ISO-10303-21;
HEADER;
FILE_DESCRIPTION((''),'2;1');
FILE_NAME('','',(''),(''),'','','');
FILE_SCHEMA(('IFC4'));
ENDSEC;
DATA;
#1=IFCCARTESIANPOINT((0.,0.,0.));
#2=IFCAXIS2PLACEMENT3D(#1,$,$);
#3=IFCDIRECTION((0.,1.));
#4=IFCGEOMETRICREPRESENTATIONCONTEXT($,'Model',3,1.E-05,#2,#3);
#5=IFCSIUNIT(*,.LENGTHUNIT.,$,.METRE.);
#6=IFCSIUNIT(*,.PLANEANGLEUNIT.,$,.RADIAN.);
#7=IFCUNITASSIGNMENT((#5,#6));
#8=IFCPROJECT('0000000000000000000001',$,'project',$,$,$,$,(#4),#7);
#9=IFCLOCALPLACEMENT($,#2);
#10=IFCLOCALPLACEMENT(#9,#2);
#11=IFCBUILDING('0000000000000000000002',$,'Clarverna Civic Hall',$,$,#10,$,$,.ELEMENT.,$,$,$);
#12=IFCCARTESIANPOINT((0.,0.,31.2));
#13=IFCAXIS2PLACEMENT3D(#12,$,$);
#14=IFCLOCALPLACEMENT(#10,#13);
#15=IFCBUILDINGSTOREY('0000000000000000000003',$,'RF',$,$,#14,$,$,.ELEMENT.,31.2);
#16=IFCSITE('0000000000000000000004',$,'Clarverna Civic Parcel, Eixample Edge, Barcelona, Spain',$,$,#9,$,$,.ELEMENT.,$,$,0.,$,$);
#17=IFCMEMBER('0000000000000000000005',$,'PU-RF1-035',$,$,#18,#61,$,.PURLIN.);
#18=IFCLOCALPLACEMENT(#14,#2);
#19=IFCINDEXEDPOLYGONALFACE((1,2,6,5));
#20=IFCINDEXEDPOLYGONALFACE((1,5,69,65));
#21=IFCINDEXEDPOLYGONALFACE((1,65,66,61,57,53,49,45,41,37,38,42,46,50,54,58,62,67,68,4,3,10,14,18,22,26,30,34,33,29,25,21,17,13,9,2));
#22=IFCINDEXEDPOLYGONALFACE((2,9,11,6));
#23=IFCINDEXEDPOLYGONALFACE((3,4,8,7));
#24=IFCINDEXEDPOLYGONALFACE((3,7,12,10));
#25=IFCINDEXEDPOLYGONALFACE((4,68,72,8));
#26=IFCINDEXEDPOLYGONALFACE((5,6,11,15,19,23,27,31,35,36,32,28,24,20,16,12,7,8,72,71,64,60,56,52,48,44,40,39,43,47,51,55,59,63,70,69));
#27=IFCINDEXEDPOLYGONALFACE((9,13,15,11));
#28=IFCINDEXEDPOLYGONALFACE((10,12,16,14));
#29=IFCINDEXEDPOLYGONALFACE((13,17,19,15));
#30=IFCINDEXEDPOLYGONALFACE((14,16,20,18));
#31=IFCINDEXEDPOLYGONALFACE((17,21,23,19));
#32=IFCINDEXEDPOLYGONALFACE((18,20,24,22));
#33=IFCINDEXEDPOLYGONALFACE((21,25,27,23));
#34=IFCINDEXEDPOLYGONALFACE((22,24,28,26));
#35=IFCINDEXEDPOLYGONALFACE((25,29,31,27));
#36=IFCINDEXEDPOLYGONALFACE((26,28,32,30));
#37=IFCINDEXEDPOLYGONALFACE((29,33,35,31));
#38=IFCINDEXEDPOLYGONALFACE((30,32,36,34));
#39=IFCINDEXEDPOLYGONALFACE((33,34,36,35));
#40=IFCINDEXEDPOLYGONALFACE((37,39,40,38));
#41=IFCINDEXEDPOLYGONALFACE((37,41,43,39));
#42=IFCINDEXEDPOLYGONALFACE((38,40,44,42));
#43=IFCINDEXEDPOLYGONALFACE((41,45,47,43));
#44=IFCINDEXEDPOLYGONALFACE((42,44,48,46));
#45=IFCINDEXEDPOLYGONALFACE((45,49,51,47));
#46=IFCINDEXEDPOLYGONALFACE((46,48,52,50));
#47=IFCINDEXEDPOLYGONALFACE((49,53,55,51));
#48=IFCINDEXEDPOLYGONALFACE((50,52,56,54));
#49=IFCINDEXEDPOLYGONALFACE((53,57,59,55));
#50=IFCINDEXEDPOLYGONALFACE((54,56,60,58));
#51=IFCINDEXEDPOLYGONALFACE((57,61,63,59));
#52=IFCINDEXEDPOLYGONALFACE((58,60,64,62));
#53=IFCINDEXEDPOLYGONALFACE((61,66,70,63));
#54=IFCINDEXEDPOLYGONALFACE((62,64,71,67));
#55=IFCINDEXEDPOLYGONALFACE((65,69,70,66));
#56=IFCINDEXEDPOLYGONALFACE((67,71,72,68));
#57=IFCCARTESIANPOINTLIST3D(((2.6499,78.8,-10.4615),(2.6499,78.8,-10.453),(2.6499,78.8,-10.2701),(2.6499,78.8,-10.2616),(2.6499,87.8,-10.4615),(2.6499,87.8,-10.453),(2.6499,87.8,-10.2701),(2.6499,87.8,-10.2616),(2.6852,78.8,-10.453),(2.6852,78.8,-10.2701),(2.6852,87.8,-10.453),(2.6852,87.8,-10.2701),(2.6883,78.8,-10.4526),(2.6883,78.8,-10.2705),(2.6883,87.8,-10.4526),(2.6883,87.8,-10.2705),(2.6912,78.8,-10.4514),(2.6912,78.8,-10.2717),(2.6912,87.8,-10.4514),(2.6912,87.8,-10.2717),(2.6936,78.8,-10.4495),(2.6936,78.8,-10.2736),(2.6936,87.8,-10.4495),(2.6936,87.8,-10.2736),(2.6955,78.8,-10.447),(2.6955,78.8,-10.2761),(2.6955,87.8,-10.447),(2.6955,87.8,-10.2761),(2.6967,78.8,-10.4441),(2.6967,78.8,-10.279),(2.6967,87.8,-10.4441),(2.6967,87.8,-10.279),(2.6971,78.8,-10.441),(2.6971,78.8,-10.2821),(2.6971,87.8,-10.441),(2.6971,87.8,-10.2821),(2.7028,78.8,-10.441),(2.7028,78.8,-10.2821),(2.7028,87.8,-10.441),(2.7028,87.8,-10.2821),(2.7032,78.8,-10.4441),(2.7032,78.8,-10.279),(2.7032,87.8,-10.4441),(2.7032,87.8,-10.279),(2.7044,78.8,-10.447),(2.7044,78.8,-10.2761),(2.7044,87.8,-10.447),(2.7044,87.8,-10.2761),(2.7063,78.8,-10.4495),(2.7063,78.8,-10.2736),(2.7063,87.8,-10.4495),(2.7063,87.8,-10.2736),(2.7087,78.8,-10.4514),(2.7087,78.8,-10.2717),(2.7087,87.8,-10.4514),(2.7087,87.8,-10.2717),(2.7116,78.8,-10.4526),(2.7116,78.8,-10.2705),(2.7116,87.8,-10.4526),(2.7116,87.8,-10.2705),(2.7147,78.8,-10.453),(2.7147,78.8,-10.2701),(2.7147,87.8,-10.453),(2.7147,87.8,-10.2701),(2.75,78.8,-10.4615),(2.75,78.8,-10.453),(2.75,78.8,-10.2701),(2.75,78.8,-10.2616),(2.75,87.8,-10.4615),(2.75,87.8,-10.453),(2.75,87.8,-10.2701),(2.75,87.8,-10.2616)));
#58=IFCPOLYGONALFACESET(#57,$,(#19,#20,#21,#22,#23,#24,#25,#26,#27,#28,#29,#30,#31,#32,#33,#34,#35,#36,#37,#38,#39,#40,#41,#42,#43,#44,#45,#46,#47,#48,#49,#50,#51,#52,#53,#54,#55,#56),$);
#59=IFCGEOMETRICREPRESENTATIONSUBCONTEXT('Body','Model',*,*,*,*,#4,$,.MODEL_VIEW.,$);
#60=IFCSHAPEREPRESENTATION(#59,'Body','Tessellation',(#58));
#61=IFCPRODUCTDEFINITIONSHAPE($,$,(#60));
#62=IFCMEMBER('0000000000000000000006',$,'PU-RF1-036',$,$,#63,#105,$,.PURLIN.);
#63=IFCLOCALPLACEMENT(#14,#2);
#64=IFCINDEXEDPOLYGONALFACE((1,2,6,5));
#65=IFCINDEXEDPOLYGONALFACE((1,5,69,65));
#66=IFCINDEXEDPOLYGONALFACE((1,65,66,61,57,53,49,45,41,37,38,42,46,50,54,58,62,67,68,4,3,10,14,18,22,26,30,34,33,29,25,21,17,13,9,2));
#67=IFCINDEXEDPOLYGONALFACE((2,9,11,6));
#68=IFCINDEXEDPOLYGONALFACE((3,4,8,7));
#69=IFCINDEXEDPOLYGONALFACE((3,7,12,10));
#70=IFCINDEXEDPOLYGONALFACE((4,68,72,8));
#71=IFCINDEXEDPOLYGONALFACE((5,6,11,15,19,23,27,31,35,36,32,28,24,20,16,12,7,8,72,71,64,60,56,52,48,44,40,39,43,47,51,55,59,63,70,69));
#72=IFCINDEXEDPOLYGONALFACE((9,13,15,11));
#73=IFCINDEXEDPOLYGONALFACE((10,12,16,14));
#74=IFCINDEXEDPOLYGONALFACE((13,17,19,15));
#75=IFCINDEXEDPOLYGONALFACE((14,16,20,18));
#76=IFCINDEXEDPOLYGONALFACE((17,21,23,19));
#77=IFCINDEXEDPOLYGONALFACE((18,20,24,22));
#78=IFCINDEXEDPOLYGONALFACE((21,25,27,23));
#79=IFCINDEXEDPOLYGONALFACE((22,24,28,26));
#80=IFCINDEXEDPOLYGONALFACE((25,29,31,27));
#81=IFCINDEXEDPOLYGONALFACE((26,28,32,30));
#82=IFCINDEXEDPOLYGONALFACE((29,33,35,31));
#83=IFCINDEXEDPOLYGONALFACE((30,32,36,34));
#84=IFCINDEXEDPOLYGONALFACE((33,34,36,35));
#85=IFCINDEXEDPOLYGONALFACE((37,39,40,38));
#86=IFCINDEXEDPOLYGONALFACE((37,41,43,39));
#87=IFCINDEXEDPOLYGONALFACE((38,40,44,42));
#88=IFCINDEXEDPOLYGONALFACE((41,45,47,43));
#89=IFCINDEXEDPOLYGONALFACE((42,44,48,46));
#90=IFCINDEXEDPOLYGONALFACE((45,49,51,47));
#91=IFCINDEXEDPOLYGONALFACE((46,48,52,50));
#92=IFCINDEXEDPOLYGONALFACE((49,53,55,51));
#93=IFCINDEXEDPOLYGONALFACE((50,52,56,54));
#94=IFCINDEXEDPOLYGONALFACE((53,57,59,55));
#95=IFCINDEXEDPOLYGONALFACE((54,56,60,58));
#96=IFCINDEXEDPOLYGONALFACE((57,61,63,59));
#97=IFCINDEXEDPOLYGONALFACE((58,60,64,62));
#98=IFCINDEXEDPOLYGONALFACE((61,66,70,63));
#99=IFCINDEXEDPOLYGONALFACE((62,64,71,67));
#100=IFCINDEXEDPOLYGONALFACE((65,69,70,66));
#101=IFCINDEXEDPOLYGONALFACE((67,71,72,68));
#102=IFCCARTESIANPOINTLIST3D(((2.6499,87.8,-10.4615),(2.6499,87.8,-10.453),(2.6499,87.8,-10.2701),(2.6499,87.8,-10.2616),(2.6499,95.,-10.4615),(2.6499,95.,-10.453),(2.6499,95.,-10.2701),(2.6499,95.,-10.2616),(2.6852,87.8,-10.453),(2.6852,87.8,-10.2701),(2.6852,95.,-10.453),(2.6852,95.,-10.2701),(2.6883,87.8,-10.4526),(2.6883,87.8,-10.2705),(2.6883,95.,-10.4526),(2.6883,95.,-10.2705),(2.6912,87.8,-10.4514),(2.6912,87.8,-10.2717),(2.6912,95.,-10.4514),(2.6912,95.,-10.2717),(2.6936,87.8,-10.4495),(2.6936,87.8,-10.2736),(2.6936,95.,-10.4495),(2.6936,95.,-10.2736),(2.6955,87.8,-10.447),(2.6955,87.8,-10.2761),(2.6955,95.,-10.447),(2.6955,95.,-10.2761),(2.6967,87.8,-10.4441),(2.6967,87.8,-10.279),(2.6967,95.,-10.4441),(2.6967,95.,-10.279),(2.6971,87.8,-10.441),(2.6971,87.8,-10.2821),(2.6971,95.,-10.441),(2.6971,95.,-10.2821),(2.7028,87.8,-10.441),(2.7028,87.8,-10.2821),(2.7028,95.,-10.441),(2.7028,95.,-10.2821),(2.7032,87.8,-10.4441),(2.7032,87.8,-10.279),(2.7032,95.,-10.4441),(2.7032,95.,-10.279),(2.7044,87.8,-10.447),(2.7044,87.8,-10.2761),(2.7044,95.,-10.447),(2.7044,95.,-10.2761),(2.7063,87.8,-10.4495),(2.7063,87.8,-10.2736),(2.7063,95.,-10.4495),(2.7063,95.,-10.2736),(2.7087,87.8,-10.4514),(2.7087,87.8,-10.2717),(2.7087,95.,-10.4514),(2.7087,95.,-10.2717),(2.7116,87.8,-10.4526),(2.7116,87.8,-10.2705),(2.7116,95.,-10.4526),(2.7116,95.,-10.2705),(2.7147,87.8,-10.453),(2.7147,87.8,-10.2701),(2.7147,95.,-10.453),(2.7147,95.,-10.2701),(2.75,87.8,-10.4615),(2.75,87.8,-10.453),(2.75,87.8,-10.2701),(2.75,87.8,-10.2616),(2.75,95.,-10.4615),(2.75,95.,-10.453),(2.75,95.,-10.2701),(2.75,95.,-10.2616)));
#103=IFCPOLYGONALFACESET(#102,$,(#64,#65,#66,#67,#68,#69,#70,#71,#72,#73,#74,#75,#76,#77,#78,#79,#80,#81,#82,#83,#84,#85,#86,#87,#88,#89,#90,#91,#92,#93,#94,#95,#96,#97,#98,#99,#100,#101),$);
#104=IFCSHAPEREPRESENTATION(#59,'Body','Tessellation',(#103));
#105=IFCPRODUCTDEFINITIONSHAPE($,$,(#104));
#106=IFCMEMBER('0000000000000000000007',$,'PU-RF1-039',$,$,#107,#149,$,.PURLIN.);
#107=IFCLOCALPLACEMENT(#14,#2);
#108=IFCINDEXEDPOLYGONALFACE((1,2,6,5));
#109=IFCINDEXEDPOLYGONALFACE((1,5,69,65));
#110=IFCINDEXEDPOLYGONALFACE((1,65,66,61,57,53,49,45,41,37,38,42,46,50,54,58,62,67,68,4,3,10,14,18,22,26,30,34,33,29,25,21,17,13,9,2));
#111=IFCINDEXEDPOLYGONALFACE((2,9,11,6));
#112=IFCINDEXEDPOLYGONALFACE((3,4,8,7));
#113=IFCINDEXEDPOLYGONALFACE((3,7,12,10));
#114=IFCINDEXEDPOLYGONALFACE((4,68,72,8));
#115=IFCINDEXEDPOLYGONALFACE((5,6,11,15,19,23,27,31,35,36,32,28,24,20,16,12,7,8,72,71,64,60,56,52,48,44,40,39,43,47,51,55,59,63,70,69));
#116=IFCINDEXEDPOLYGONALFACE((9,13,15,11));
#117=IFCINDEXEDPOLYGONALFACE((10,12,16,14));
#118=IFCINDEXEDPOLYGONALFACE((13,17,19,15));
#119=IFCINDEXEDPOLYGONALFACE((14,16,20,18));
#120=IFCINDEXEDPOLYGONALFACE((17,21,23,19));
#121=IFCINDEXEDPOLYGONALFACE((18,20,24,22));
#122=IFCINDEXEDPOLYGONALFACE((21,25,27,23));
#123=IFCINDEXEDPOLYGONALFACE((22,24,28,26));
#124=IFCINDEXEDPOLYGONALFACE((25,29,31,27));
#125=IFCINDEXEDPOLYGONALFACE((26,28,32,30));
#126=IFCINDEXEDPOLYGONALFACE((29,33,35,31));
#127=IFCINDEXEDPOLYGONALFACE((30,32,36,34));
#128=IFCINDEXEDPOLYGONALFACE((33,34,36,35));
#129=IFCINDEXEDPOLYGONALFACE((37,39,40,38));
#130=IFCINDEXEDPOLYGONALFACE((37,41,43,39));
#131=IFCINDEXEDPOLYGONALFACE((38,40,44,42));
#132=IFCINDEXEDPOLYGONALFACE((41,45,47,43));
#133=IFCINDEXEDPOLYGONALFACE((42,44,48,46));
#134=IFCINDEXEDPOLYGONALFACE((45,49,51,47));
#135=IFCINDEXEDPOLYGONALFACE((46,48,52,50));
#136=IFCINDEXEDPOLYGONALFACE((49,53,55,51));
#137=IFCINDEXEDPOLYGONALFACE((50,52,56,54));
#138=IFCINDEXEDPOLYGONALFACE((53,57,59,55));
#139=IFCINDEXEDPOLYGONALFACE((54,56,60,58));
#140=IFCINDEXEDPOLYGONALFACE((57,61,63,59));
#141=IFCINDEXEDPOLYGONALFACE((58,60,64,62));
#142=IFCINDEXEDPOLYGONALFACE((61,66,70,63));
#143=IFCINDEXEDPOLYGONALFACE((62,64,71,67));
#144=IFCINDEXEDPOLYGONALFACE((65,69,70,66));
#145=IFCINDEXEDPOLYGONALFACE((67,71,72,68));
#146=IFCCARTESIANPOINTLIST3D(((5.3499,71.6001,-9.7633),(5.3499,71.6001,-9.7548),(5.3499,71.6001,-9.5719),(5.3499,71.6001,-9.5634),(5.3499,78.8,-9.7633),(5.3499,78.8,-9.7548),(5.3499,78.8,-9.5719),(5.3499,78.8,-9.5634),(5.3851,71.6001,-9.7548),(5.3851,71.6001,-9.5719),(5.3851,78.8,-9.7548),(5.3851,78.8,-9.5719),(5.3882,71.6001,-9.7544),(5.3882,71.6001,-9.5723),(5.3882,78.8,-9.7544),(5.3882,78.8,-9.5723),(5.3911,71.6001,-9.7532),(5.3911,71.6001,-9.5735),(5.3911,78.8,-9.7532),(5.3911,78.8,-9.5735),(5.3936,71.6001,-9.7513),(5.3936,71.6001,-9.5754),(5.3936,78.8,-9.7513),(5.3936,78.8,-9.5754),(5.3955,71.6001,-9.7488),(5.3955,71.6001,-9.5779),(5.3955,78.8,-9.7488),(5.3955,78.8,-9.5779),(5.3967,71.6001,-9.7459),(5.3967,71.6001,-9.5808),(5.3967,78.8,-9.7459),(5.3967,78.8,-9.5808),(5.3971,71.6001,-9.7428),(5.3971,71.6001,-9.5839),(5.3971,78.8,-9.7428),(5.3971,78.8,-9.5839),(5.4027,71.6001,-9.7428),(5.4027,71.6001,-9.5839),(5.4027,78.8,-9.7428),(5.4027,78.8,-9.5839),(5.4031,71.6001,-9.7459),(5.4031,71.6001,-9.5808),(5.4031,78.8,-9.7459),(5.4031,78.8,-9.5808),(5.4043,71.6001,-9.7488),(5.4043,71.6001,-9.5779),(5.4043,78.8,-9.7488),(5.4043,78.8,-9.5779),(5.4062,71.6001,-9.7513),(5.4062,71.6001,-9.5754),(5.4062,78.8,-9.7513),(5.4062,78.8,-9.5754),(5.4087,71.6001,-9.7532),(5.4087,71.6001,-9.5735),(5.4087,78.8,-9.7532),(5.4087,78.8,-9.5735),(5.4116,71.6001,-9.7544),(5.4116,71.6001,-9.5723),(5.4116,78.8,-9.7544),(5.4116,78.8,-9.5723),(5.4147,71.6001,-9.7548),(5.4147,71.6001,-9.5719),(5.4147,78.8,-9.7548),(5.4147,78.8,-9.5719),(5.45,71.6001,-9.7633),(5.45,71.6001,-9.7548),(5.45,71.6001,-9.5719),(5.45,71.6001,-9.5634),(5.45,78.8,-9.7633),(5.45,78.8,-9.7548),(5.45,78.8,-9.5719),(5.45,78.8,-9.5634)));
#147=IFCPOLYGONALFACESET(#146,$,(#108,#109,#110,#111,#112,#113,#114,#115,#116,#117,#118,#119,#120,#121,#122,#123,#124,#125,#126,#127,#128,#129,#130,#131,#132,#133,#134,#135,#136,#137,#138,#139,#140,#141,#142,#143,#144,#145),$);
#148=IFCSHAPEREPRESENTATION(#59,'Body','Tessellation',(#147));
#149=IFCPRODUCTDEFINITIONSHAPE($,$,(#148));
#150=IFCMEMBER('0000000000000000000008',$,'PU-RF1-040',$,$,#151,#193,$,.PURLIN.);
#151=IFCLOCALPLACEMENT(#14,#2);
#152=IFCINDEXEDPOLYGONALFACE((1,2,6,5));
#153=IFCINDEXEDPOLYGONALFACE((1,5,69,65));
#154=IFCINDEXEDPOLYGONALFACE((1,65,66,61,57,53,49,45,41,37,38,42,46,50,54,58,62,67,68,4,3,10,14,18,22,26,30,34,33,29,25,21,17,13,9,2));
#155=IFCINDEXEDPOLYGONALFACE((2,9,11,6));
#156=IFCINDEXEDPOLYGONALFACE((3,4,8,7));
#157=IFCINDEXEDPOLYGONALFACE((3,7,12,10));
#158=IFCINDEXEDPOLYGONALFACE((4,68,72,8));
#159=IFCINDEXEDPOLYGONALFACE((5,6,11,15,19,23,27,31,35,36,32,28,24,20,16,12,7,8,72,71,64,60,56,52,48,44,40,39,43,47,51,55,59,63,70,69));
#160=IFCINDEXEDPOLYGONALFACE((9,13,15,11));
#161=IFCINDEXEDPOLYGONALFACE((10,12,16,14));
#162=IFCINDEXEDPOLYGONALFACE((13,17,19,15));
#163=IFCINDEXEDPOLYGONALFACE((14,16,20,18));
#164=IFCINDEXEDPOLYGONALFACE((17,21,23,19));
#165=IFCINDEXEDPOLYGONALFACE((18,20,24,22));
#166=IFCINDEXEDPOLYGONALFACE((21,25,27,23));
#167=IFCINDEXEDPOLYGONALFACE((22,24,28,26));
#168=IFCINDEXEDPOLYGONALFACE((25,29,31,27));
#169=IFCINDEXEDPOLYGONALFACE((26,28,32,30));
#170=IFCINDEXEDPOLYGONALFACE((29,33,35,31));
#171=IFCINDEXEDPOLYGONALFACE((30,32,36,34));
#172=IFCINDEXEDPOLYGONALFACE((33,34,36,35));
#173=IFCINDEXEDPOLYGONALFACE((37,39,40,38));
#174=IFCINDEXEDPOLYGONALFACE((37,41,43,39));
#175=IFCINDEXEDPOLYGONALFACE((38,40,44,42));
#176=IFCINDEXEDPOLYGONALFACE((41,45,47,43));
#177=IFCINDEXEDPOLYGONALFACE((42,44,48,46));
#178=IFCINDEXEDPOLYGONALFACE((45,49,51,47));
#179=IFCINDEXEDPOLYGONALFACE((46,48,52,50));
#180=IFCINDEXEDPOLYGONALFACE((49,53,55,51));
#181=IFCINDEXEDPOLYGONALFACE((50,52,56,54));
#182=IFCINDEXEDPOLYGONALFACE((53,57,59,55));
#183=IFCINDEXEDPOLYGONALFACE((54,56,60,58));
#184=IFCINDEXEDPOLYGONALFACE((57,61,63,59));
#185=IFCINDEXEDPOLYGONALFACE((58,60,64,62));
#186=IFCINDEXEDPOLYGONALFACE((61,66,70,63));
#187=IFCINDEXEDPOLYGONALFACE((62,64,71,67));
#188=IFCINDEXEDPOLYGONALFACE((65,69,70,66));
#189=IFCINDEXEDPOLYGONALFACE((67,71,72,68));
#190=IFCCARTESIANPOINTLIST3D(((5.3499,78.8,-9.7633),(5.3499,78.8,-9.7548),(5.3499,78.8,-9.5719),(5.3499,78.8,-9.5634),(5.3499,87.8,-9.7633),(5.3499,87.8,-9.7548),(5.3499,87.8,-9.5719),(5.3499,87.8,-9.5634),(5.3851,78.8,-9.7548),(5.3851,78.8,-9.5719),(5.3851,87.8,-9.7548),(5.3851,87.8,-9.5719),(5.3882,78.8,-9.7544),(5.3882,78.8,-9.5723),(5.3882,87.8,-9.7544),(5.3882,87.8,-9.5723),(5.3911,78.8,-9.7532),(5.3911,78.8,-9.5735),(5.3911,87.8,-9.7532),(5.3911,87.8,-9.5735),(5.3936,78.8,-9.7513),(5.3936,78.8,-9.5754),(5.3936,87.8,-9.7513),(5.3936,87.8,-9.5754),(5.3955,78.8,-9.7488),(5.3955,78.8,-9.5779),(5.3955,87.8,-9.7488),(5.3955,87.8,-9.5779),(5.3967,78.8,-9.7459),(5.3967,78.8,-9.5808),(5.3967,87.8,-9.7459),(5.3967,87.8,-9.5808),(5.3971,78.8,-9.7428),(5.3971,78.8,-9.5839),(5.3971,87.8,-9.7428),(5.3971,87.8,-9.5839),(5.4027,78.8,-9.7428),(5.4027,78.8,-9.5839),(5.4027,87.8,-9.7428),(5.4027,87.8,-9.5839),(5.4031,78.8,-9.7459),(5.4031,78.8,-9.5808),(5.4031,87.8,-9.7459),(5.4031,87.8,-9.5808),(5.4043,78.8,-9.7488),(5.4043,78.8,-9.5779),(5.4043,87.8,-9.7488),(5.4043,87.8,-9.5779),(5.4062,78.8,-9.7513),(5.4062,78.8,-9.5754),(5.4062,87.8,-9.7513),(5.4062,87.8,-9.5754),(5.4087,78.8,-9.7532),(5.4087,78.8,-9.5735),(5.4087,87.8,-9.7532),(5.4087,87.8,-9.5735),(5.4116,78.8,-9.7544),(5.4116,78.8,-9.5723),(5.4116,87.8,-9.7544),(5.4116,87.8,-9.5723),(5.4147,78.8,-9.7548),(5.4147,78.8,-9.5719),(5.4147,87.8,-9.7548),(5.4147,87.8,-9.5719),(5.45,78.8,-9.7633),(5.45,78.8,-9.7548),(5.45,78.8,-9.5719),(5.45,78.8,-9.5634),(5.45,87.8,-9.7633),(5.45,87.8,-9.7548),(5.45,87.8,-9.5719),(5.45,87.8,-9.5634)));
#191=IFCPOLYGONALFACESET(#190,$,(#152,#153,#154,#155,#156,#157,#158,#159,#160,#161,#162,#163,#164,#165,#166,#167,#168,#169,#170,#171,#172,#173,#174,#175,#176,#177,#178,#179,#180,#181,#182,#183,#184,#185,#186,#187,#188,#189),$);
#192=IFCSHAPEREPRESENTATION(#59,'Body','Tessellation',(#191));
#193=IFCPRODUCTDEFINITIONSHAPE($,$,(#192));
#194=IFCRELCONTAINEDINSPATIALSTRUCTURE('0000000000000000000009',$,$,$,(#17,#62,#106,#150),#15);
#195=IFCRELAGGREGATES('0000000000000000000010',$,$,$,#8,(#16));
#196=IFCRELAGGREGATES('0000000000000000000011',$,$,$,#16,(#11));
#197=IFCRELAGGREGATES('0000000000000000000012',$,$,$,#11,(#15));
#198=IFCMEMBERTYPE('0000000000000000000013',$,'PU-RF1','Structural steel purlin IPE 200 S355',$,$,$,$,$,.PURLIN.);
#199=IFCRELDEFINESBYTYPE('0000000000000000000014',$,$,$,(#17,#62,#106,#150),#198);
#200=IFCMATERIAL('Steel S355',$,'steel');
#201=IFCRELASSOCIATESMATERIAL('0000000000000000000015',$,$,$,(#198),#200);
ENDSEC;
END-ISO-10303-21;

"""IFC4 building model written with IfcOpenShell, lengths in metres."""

from ifc_helpers import new_model, si_unit, direction, frame, origin, origin_2d, place, context, subcontext, project, spatial, i_section, extrude, material, material_profile, profile_set, type_object, element, save


model = new_model("IFC4")

# Units and contexts
model_context = context("Model", 3, precision=1e-05, world=origin(), true_north=direction((0.0, 1.0)))
body_context = subcontext(model_context, "Body", "Model", "MODEL_VIEW")
ifc_project = project(units=[si_unit("LENGTHUNIT", "METRE"), si_unit("PLANEANGLEUNIT", "RADIAN")], contexts=[model_context])

# Site, building, storey
site_placement = place(None, origin())
site = spatial("IfcSite", under=ifc_project, at=site_placement, Name="Clarverna Civic Parcel, Eixample Edge, Barcelona, Spain", CompositionType="ELEMENT", RefElevation=0.0)
building_placement = place(site_placement, origin())
building = spatial("IfcBuilding", under=site, at=building_placement, Name="Clarverna Civic Hall", CompositionType="ELEMENT")
storey_placement = place(building_placement, frame((0.0, 0.0, 31.2)))
storey = spatial("IfcBuildingStorey", under=building, at=storey_placement, Name="RF", CompositionType="ELEMENT", Elevation=31.2)

# Members
ifc_material_1 = material(Name="Steel S355", Category="steel")
ifc_material_profile_1 = material_profile(ifc_material_1, i_section(OverallWidth=0.1001, OverallDepth=0.2, WebThickness=0.0056, FlangeThickness=0.0085, FilletRadius=0.012, at=origin_2d()), Name="IPE 200")
ifc_profile_set_1 = profile_set([ifc_material_profile_1], Name="Steel S355")
member_type_1 = type_object("IfcMemberType", Name="PU-RF1", Description="Structural steel purlin IPE 200 S355", PredefinedType="PURLIN", material=ifc_profile_set_1)
member_1_placement = place(storey_placement, frame((2.7, 78.8, -10.3616), z_axis=(0.0, 1.0, 0.0), x_axis=(-1.0, 0.0, 0.0)))
element("IfcMember", 1, at=member_1_placement, inside=storey, type_object=member_type_1, Name="PU-RF1-035", PredefinedType="PURLIN", context=body_context, shape_type="SweptSolid", body=[
    extrude(i_section(OverallWidth=0.1001, OverallDepth=0.2, WebThickness=0.0056, FlangeThickness=0.0085, FilletRadius=0.012, at=origin_2d()), origin(), (0.0, 0.0, 1.0), 9.0),
])
for number, where, z_axis, x_axis, name in (
    (2, (2.7, 87.8, -10.3616), (0.0, 1.0, 0.0), (-1.0, 0.0, 0.0), "PU-RF1-036"),
    (3, (5.3999, 71.6001, -9.6633), (0.0, 1.0, 0.0), (-1.0, 0.0, 0.0), "PU-RF1-039"),
):
    element("IfcMember", number, at=place(storey_placement, frame(where, z_axis=z_axis, x_axis=x_axis)), inside=storey, type_object=member_type_1, Name=name, PredefinedType="PURLIN", context=body_context, shape_type="SweptSolid", body=[
        extrude(i_section(OverallWidth=0.1001, OverallDepth=0.2, WebThickness=0.0056, FlangeThickness=0.0085, FilletRadius=0.012, at=origin_2d()), origin(), (0.0, 0.0, 1.0), 7.2),
    ])
member_2_placement = place(storey_placement, frame((5.3999, 78.8, -9.6633), z_axis=(0.0, 1.0, 0.0), x_axis=(-1.0, 0.0, 0.0)))
element("IfcMember", 4, at=member_2_placement, inside=storey, type_object=member_type_1, Name="PU-RF1-040", PredefinedType="PURLIN", context=body_context, shape_type="SweptSolid", body=[
    extrude(i_section(OverallWidth=0.1001, OverallDepth=0.2, WebThickness=0.0056, FlangeThickness=0.0085, FilletRadius=0.012, at=origin_2d()), origin(), (0.0, 0.0, 1.0), 9.0),
])

save(model, "model.ifc")
